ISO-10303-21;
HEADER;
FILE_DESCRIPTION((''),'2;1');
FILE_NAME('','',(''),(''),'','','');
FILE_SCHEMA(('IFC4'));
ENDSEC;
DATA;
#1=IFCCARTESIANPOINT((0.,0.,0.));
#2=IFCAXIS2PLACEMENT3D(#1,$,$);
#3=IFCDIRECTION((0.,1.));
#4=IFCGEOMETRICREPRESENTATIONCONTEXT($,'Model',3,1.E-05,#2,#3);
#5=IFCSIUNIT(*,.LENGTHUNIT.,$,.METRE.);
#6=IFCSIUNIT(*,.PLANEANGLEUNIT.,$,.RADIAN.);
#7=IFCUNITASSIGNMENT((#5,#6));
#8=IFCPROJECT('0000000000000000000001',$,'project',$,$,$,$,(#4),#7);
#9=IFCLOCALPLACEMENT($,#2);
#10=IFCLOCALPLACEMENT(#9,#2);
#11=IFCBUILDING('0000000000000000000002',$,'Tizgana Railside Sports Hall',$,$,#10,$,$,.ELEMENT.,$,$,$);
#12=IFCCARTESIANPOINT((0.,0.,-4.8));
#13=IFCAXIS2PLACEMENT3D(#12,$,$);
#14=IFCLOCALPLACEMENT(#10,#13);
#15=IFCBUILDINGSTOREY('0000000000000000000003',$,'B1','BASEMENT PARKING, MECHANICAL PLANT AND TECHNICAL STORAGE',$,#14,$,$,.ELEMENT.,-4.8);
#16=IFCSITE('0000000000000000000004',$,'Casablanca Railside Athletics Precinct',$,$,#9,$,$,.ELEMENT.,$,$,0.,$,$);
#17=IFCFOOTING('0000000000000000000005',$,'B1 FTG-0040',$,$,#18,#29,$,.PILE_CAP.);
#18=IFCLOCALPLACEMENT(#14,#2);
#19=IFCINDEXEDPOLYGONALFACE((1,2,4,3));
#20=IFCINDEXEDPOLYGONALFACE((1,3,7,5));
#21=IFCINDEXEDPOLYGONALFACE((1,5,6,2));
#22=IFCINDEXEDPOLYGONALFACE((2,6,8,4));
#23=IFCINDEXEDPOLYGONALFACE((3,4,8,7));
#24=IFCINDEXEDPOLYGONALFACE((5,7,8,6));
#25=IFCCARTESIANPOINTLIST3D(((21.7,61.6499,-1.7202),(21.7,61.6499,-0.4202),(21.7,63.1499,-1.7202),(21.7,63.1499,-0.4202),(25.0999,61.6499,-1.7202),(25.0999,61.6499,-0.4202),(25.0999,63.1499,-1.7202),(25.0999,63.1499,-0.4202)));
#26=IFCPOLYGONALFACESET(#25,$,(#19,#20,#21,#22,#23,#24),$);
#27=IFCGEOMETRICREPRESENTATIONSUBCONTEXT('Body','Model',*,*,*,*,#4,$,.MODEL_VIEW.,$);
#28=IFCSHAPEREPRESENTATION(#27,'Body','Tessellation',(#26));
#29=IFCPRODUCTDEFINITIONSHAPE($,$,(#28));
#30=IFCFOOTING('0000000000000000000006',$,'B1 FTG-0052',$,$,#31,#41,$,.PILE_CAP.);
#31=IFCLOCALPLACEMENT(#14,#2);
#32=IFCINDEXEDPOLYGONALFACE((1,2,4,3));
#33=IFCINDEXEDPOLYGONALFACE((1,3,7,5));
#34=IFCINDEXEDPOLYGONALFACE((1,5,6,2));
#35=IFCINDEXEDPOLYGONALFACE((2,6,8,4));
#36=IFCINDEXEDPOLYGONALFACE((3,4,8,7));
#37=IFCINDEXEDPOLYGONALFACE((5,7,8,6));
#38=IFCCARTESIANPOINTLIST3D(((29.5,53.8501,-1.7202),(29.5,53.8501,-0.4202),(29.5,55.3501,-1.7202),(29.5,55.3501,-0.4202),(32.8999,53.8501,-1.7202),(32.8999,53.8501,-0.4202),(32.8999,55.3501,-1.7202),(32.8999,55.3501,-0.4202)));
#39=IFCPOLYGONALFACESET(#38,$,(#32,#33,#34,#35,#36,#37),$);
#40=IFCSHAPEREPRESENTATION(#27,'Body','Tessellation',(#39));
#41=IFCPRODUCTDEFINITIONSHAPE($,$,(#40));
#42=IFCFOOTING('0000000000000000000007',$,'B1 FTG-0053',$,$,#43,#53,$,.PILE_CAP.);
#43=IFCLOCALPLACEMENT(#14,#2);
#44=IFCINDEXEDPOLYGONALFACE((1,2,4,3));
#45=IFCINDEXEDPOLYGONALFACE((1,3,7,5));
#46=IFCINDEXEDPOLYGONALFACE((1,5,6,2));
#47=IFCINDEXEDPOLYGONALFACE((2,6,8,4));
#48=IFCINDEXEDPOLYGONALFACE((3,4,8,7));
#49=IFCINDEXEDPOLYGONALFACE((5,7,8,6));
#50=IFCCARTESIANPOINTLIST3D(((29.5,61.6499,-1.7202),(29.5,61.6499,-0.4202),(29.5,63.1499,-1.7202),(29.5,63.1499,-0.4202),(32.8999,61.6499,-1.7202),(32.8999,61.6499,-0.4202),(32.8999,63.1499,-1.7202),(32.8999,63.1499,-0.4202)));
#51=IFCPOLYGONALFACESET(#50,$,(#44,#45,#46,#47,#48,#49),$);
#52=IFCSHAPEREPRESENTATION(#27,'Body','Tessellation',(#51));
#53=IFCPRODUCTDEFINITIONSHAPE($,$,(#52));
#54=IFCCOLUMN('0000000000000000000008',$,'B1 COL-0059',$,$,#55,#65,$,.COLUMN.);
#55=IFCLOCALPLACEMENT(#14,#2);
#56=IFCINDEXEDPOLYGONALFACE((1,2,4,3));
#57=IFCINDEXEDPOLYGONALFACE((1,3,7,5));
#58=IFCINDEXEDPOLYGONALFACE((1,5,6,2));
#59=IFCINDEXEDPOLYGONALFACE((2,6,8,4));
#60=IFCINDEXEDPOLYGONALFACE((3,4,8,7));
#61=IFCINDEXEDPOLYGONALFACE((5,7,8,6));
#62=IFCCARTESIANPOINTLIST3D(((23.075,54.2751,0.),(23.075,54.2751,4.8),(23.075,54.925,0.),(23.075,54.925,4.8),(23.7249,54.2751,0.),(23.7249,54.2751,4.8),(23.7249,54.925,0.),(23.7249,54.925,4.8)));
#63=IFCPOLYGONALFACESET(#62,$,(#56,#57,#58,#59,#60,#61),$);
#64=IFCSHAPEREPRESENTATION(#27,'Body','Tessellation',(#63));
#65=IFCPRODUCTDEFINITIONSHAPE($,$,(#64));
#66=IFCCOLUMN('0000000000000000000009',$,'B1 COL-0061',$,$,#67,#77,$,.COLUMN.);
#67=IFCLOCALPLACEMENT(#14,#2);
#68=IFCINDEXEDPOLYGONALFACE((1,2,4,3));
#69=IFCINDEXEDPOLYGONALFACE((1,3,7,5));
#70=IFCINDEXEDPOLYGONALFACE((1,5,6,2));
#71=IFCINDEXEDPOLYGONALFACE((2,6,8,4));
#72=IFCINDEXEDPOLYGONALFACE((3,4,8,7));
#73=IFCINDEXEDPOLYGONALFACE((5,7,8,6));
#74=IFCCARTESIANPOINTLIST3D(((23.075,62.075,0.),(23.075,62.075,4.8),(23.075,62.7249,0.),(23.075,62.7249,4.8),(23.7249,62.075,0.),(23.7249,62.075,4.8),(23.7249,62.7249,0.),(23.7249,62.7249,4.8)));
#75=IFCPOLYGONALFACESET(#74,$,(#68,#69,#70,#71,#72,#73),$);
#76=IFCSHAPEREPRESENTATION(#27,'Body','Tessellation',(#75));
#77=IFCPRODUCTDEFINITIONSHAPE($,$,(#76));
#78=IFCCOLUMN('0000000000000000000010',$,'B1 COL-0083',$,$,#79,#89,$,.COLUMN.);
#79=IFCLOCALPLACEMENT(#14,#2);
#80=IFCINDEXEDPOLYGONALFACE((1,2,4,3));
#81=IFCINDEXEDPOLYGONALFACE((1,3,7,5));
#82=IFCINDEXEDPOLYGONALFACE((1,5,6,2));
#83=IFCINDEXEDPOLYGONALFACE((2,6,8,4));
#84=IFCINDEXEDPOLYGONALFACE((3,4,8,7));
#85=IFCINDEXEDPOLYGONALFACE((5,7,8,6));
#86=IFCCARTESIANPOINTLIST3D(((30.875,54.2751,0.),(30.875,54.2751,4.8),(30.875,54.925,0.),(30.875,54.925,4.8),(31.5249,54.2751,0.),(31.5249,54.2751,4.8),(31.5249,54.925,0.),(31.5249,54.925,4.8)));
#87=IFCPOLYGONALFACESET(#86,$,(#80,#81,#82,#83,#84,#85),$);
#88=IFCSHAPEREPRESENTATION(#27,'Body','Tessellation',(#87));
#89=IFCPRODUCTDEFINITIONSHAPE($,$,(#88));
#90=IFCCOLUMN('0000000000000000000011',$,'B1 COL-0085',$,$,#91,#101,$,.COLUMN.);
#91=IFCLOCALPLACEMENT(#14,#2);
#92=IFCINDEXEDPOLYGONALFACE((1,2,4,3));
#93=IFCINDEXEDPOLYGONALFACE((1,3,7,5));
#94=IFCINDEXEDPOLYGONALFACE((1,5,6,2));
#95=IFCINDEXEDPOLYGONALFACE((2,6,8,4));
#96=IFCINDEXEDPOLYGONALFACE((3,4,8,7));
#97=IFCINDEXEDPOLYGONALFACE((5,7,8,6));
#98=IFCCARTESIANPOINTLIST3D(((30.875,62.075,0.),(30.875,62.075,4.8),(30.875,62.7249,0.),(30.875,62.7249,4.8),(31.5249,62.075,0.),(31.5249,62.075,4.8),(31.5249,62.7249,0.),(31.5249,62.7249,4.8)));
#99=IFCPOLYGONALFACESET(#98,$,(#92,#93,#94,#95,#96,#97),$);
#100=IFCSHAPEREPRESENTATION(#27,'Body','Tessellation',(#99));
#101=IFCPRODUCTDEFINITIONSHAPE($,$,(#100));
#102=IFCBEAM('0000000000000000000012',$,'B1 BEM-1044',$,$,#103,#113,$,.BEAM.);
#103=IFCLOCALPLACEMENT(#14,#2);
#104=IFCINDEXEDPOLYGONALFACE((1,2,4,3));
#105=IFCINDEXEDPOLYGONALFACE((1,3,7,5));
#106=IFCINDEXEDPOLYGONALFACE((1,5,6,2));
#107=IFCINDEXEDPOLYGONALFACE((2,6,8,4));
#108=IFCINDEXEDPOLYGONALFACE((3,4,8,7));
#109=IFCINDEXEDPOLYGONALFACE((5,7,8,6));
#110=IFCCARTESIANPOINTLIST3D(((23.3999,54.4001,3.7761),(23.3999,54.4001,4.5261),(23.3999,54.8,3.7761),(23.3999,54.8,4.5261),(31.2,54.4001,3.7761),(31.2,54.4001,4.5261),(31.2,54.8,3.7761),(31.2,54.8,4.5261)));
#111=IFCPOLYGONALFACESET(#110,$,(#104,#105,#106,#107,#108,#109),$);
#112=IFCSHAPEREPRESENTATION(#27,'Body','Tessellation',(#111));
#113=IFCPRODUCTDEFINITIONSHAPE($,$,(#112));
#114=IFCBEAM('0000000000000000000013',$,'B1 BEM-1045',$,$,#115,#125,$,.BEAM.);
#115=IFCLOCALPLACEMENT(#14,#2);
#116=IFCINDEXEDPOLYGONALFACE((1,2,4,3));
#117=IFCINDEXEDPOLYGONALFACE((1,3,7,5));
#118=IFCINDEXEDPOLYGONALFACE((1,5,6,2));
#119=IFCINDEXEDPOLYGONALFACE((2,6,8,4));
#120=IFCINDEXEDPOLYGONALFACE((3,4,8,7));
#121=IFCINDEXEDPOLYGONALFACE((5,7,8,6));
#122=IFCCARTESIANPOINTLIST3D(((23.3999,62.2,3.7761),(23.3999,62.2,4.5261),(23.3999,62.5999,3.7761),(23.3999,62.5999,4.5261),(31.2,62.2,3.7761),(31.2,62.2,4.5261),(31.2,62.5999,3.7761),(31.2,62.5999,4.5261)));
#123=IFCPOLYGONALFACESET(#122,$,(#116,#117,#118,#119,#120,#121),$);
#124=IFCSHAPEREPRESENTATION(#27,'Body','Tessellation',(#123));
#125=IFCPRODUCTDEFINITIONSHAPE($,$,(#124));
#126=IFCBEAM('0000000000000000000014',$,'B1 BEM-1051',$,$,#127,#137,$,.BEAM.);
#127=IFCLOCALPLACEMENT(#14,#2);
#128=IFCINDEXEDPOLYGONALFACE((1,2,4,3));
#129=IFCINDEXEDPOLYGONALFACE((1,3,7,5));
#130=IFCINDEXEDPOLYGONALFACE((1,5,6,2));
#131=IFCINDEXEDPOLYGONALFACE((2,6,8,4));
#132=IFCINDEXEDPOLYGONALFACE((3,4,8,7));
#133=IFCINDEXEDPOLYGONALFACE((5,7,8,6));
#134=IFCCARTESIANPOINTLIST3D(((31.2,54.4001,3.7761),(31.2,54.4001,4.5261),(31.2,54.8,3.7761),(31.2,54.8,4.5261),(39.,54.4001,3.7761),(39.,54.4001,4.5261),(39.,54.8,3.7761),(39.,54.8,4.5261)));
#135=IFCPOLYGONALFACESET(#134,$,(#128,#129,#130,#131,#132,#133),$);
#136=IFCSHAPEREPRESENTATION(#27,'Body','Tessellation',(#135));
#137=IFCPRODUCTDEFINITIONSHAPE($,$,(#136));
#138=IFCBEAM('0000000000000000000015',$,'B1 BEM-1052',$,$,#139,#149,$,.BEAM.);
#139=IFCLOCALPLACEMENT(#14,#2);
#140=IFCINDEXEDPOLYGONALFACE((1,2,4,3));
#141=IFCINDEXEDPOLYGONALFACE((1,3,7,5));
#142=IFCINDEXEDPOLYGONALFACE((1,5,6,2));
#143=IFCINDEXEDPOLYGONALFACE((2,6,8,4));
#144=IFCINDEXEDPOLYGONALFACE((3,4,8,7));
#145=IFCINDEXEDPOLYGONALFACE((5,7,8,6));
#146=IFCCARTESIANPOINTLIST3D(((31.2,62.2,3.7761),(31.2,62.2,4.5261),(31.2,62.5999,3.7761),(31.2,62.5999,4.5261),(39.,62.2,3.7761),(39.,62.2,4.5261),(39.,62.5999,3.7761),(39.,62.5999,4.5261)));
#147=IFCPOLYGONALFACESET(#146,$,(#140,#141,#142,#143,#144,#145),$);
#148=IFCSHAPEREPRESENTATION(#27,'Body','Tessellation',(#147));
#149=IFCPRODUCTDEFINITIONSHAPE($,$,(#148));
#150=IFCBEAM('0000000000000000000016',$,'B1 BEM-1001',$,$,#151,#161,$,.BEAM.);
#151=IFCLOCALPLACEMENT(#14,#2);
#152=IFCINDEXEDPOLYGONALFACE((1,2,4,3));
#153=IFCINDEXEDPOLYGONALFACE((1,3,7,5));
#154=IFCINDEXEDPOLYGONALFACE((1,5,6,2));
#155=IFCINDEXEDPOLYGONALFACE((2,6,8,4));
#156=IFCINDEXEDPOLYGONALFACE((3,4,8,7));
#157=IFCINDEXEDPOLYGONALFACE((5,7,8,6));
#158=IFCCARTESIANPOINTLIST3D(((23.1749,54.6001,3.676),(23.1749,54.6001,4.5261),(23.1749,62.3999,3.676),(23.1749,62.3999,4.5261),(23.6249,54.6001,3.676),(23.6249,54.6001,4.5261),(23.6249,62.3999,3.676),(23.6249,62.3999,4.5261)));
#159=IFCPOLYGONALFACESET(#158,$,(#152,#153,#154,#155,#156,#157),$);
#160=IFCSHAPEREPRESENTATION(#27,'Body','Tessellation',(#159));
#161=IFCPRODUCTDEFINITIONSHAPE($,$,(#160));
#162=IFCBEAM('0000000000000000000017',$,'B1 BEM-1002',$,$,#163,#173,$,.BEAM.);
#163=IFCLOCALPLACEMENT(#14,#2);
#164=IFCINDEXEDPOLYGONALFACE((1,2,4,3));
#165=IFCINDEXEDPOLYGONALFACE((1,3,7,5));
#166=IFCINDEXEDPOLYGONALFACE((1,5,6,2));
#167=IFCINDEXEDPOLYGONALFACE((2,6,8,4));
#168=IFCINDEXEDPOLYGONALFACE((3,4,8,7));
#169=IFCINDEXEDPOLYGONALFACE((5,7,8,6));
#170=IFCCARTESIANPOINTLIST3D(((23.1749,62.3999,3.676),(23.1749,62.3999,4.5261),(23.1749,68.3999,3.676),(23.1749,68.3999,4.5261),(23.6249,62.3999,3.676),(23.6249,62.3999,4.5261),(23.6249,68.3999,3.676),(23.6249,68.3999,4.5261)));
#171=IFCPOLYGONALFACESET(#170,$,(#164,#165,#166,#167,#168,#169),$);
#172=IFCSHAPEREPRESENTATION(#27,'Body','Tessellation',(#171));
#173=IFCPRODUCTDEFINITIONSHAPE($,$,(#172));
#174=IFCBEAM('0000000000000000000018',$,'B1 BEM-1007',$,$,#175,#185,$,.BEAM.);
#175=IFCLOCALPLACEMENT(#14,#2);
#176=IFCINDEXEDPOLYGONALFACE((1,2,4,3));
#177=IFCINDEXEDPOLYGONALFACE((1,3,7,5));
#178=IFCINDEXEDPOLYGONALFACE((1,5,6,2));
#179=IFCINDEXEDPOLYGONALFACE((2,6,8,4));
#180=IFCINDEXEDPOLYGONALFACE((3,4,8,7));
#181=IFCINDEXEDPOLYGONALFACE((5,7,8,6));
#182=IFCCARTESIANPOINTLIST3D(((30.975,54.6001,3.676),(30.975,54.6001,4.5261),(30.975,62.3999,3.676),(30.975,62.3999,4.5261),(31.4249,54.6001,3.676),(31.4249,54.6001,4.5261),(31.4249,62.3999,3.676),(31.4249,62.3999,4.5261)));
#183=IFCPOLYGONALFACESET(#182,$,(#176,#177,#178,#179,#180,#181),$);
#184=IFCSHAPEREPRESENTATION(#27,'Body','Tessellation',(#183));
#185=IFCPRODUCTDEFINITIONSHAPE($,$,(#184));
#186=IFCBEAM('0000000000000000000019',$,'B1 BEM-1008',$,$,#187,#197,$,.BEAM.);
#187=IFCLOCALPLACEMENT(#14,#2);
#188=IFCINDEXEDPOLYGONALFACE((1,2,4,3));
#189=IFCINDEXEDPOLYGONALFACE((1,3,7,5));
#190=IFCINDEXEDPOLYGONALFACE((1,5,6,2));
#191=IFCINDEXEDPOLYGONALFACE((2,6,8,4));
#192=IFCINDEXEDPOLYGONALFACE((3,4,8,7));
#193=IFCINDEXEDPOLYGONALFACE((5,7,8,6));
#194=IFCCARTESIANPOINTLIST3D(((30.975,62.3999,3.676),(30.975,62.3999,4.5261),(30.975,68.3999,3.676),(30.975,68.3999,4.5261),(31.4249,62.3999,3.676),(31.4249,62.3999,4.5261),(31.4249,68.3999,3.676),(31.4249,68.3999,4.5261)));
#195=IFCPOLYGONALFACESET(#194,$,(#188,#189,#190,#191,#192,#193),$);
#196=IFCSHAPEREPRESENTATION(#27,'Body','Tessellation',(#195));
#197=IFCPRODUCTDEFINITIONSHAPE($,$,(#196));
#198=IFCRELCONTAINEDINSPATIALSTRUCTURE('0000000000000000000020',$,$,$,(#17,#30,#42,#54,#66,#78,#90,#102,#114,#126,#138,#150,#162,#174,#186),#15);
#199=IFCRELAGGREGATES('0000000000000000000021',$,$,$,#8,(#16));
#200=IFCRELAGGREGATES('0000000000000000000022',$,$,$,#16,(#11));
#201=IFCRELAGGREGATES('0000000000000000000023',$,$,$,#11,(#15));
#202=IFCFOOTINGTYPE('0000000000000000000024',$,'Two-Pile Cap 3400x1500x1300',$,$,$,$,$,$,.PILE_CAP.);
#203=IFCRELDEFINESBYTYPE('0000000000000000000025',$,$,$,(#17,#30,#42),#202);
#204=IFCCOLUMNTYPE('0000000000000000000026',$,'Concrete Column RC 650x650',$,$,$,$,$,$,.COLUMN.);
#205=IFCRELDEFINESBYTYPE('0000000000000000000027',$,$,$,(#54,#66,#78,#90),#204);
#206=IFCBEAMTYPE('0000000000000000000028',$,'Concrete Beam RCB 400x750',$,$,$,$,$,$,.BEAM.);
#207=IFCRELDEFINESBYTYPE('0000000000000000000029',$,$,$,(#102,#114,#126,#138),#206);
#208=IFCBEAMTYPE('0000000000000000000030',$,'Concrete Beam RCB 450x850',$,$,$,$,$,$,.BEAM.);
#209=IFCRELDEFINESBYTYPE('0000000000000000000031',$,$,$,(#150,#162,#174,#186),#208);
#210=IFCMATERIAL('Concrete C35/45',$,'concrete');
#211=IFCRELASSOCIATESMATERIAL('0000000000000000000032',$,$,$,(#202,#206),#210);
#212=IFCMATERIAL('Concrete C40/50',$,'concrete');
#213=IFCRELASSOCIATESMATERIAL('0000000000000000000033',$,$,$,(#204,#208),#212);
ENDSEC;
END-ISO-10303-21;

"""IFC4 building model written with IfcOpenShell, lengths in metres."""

from ifc_helpers import new_model, si_unit, direction, frame, origin, origin_2d, place, context, subcontext, project, spatial, rectangle, extrude, material, material_profile, profile_set, type_object, element, save


model = new_model("IFC4")

# Units and contexts
model_context = context("Model", 3, precision=1e-05, world=origin(), true_north=direction((0.0, 1.0)))
body_context = subcontext(model_context, "Body", "Model", "MODEL_VIEW")
ifc_project = project(units=[si_unit("LENGTHUNIT", "METRE"), si_unit("PLANEANGLEUNIT", "RADIAN")], contexts=[model_context])

# Site, building, storey
site_placement = place(None, origin())
site = spatial("IfcSite", under=ifc_project, at=site_placement, Name="Casablanca Railside Athletics Precinct", CompositionType="ELEMENT", RefElevation=0.0)
building_placement = place(site_placement, origin())
building = spatial("IfcBuilding", under=site, at=building_placement, Name="Tizgana Railside Sports Hall", CompositionType="ELEMENT")
storey_placement = place(building_placement, frame((0.0, 0.0, -4.8)))
storey = spatial("IfcBuildingStorey", under=building, at=storey_placement, Name="B1", Description="BASEMENT PARKING, MECHANICAL PLANT AND TECHNICAL STORAGE", CompositionType="ELEMENT", Elevation=-4.8)

# Shared definitions
ifc_material_1 = material(Name="Concrete C35/45", Category="concrete")

# Footings
footing_type_1 = type_object("IfcFootingType", Name="Two-Pile Cap 3400x1500x1300", PredefinedType="PILE_CAP", material=ifc_material_1)
for number, where, z_axis, x_axis, name in (
    (1, (23.3999, 62.3999, -1.7202), (0.0, 0.0, 1.0), (1.0, 0.0, 0.0), "B1 FTG-0040"),
    (2, (31.2, 54.6001, -1.7202), (0.0, 0.0, 1.0), (1.0, 0.0, 0.0), "B1 FTG-0052"),
    (3, (31.2, 62.3999, -1.7202), (0.0, 0.0, 1.0), (1.0, 0.0, 0.0), "B1 FTG-0053"),
):
    element("IfcFooting", number, at=place(storey_placement, frame(where, z_axis=z_axis, x_axis=x_axis)), inside=storey, type_object=footing_type_1, Name=name, PredefinedType="PILE_CAP", context=body_context, shape_type="SweptSolid", body=[
        extrude(rectangle(XDim=3.3999, YDim=1.5, at=origin_2d()), origin(), (0.0, 0.0, 1.0), 1.3),
    ])

# Columns
ifc_material_2 = material(Name="Concrete C40/50", Category="concrete")
ifc_material_profile_1 = material_profile(ifc_material_2, rectangle(XDim=0.6499, YDim=0.6499, at=origin_2d()), Name="RC 650x650")
ifc_profile_set_1 = profile_set([ifc_material_profile_1], Name="Concrete C40/50")
column_type = type_object("IfcColumnType", Name="Concrete Column RC 650x650", PredefinedType="COLUMN", material=ifc_profile_set_1)
for number, where, z_axis, x_axis, name in (
    (4, (23.3999, 54.6001, 0.0), (0.0, 0.0, 1.0), (1.0, 0.0, 0.0), "B1 COL-0059"),
    (5, (23.3999, 62.3999, 0.0), (0.0, 0.0, 1.0), (1.0, 0.0, 0.0), "B1 COL-0061"),
    (6, (31.2, 54.6001, 0.0), (0.0, 0.0, 1.0), (1.0, 0.0, 0.0), "B1 COL-0083"),
    (7, (31.2, 62.3999, 0.0), (0.0, 0.0, 1.0), (1.0, 0.0, 0.0), "B1 COL-0085"),
):
    element("IfcColumn", number, at=place(storey_placement, frame(where, z_axis=z_axis, x_axis=x_axis)), inside=storey, type_object=column_type, Name=name, PredefinedType="COLUMN", context=body_context, shape_type="SweptSolid", body=[
        extrude(rectangle(XDim=0.6499, YDim=0.6499, at=origin_2d()), origin(), (0.0, 0.0, 1.0), 4.8),
    ])

# Beams
ifc_material_profile_2 = material_profile(ifc_material_1, rectangle(XDim=0.3999, YDim=0.75, at=origin_2d()), Name="RCB 400x750")
ifc_profile_set_2 = profile_set([ifc_material_profile_2], Name="Concrete C35/45")
beam_type_1 = type_object("IfcBeamType", Name="Concrete Beam RCB 400x750", PredefinedType="BEAM", material=ifc_profile_set_2)
for number, where, z_axis, x_axis, name in (
    (8, (23.3999, 54.6001, 4.1511), (1.0, 0.0, 0.0), (0.0, 1.0, 0.0), "B1 BEM-1044"),
    (9, (23.3999, 62.3999, 4.1511), (1.0, 0.0, 0.0), (0.0, 1.0, 0.0), "B1 BEM-1045"),
    (10, (31.2, 54.6001, 4.1511), (1.0, 0.0, 0.0), (0.0, 1.0, 0.0), "B1 BEM-1051"),
    (11, (31.2, 62.3999, 4.1511), (1.0, 0.0, 0.0), (0.0, 1.0, 0.0), "B1 BEM-1052"),
):
    element("IfcBeam", number, at=place(storey_placement, frame(where, z_axis=z_axis, x_axis=x_axis)), inside=storey, type_object=beam_type_1, Name=name, PredefinedType="BEAM", context=body_context, shape_type="SweptSolid", body=[
        extrude(rectangle(XDim=0.3999, YDim=0.75, at=origin_2d()), origin(), (0.0, 0.0, 1.0), 7.8),
    ])
ifc_material_profile_3 = material_profile(ifc_material_2, rectangle(XDim=0.45, YDim=0.8501, at=origin_2d()), Name="RCB 450x850")
ifc_profile_set_3 = profile_set([ifc_material_profile_3], Name="Concrete C40/50")
beam_type_2 = type_object("IfcBeamType", Name="Concrete Beam RCB 450x850", PredefinedType="BEAM", material=ifc_profile_set_3)
beam_1_placement = place(storey_placement, frame((23.3999, 54.6001, 4.1011), z_axis=(0.0, 1.0, 0.0), x_axis=(-1.0, 0.0, 0.0)))
element("IfcBeam", 12, at=beam_1_placement, inside=storey, type_object=beam_type_2, Name="B1 BEM-1001", PredefinedType="BEAM", context=body_context, shape_type="SweptSolid", body=[
    extrude(rectangle(XDim=0.45, YDim=0.8501, at=origin_2d()), origin(), (0.0, 0.0, 1.0), 7.7998),
])
beam_2_placement = place(storey_placement, frame((23.3999, 62.3999, 4.1011), z_axis=(0.0, 1.0, 0.0), x_axis=(-1.0, 0.0, 0.0)))
element("IfcBeam", 13, at=beam_2_placement, inside=storey, type_object=beam_type_2, Name="B1 BEM-1002", PredefinedType="BEAM", context=body_context, shape_type="SweptSolid", body=[
    extrude(rectangle(XDim=0.45, YDim=0.8501, at=origin_2d()), origin(), (0.0, 0.0, 1.0), 6.0),
])
beam_3_placement = place(storey_placement, frame((31.2, 54.6001, 4.1011), z_axis=(0.0, 1.0, 0.0), x_axis=(-1.0, 0.0, 0.0)))
element("IfcBeam", 14, at=beam_3_placement, inside=storey, type_object=beam_type_2, Name="B1 BEM-1007", PredefinedType="BEAM", context=body_context, shape_type="SweptSolid", body=[
    extrude(rectangle(XDim=0.45, YDim=0.8501, at=origin_2d()), origin(), (0.0, 0.0, 1.0), 7.7998),
])
beam_4_placement = place(storey_placement, frame((31.2, 62.3999, 4.1011), z_axis=(0.0, 1.0, 0.0), x_axis=(-1.0, 0.0, 0.0)))
element("IfcBeam", 15, at=beam_4_placement, inside=storey, type_object=beam_type_2, Name="B1 BEM-1008", PredefinedType="BEAM", context=body_context, shape_type="SweptSolid", body=[
    extrude(rectangle(XDim=0.45, YDim=0.8501, at=origin_2d()), origin(), (0.0, 0.0, 1.0), 6.0),
])

save(model, "model.ifc")
